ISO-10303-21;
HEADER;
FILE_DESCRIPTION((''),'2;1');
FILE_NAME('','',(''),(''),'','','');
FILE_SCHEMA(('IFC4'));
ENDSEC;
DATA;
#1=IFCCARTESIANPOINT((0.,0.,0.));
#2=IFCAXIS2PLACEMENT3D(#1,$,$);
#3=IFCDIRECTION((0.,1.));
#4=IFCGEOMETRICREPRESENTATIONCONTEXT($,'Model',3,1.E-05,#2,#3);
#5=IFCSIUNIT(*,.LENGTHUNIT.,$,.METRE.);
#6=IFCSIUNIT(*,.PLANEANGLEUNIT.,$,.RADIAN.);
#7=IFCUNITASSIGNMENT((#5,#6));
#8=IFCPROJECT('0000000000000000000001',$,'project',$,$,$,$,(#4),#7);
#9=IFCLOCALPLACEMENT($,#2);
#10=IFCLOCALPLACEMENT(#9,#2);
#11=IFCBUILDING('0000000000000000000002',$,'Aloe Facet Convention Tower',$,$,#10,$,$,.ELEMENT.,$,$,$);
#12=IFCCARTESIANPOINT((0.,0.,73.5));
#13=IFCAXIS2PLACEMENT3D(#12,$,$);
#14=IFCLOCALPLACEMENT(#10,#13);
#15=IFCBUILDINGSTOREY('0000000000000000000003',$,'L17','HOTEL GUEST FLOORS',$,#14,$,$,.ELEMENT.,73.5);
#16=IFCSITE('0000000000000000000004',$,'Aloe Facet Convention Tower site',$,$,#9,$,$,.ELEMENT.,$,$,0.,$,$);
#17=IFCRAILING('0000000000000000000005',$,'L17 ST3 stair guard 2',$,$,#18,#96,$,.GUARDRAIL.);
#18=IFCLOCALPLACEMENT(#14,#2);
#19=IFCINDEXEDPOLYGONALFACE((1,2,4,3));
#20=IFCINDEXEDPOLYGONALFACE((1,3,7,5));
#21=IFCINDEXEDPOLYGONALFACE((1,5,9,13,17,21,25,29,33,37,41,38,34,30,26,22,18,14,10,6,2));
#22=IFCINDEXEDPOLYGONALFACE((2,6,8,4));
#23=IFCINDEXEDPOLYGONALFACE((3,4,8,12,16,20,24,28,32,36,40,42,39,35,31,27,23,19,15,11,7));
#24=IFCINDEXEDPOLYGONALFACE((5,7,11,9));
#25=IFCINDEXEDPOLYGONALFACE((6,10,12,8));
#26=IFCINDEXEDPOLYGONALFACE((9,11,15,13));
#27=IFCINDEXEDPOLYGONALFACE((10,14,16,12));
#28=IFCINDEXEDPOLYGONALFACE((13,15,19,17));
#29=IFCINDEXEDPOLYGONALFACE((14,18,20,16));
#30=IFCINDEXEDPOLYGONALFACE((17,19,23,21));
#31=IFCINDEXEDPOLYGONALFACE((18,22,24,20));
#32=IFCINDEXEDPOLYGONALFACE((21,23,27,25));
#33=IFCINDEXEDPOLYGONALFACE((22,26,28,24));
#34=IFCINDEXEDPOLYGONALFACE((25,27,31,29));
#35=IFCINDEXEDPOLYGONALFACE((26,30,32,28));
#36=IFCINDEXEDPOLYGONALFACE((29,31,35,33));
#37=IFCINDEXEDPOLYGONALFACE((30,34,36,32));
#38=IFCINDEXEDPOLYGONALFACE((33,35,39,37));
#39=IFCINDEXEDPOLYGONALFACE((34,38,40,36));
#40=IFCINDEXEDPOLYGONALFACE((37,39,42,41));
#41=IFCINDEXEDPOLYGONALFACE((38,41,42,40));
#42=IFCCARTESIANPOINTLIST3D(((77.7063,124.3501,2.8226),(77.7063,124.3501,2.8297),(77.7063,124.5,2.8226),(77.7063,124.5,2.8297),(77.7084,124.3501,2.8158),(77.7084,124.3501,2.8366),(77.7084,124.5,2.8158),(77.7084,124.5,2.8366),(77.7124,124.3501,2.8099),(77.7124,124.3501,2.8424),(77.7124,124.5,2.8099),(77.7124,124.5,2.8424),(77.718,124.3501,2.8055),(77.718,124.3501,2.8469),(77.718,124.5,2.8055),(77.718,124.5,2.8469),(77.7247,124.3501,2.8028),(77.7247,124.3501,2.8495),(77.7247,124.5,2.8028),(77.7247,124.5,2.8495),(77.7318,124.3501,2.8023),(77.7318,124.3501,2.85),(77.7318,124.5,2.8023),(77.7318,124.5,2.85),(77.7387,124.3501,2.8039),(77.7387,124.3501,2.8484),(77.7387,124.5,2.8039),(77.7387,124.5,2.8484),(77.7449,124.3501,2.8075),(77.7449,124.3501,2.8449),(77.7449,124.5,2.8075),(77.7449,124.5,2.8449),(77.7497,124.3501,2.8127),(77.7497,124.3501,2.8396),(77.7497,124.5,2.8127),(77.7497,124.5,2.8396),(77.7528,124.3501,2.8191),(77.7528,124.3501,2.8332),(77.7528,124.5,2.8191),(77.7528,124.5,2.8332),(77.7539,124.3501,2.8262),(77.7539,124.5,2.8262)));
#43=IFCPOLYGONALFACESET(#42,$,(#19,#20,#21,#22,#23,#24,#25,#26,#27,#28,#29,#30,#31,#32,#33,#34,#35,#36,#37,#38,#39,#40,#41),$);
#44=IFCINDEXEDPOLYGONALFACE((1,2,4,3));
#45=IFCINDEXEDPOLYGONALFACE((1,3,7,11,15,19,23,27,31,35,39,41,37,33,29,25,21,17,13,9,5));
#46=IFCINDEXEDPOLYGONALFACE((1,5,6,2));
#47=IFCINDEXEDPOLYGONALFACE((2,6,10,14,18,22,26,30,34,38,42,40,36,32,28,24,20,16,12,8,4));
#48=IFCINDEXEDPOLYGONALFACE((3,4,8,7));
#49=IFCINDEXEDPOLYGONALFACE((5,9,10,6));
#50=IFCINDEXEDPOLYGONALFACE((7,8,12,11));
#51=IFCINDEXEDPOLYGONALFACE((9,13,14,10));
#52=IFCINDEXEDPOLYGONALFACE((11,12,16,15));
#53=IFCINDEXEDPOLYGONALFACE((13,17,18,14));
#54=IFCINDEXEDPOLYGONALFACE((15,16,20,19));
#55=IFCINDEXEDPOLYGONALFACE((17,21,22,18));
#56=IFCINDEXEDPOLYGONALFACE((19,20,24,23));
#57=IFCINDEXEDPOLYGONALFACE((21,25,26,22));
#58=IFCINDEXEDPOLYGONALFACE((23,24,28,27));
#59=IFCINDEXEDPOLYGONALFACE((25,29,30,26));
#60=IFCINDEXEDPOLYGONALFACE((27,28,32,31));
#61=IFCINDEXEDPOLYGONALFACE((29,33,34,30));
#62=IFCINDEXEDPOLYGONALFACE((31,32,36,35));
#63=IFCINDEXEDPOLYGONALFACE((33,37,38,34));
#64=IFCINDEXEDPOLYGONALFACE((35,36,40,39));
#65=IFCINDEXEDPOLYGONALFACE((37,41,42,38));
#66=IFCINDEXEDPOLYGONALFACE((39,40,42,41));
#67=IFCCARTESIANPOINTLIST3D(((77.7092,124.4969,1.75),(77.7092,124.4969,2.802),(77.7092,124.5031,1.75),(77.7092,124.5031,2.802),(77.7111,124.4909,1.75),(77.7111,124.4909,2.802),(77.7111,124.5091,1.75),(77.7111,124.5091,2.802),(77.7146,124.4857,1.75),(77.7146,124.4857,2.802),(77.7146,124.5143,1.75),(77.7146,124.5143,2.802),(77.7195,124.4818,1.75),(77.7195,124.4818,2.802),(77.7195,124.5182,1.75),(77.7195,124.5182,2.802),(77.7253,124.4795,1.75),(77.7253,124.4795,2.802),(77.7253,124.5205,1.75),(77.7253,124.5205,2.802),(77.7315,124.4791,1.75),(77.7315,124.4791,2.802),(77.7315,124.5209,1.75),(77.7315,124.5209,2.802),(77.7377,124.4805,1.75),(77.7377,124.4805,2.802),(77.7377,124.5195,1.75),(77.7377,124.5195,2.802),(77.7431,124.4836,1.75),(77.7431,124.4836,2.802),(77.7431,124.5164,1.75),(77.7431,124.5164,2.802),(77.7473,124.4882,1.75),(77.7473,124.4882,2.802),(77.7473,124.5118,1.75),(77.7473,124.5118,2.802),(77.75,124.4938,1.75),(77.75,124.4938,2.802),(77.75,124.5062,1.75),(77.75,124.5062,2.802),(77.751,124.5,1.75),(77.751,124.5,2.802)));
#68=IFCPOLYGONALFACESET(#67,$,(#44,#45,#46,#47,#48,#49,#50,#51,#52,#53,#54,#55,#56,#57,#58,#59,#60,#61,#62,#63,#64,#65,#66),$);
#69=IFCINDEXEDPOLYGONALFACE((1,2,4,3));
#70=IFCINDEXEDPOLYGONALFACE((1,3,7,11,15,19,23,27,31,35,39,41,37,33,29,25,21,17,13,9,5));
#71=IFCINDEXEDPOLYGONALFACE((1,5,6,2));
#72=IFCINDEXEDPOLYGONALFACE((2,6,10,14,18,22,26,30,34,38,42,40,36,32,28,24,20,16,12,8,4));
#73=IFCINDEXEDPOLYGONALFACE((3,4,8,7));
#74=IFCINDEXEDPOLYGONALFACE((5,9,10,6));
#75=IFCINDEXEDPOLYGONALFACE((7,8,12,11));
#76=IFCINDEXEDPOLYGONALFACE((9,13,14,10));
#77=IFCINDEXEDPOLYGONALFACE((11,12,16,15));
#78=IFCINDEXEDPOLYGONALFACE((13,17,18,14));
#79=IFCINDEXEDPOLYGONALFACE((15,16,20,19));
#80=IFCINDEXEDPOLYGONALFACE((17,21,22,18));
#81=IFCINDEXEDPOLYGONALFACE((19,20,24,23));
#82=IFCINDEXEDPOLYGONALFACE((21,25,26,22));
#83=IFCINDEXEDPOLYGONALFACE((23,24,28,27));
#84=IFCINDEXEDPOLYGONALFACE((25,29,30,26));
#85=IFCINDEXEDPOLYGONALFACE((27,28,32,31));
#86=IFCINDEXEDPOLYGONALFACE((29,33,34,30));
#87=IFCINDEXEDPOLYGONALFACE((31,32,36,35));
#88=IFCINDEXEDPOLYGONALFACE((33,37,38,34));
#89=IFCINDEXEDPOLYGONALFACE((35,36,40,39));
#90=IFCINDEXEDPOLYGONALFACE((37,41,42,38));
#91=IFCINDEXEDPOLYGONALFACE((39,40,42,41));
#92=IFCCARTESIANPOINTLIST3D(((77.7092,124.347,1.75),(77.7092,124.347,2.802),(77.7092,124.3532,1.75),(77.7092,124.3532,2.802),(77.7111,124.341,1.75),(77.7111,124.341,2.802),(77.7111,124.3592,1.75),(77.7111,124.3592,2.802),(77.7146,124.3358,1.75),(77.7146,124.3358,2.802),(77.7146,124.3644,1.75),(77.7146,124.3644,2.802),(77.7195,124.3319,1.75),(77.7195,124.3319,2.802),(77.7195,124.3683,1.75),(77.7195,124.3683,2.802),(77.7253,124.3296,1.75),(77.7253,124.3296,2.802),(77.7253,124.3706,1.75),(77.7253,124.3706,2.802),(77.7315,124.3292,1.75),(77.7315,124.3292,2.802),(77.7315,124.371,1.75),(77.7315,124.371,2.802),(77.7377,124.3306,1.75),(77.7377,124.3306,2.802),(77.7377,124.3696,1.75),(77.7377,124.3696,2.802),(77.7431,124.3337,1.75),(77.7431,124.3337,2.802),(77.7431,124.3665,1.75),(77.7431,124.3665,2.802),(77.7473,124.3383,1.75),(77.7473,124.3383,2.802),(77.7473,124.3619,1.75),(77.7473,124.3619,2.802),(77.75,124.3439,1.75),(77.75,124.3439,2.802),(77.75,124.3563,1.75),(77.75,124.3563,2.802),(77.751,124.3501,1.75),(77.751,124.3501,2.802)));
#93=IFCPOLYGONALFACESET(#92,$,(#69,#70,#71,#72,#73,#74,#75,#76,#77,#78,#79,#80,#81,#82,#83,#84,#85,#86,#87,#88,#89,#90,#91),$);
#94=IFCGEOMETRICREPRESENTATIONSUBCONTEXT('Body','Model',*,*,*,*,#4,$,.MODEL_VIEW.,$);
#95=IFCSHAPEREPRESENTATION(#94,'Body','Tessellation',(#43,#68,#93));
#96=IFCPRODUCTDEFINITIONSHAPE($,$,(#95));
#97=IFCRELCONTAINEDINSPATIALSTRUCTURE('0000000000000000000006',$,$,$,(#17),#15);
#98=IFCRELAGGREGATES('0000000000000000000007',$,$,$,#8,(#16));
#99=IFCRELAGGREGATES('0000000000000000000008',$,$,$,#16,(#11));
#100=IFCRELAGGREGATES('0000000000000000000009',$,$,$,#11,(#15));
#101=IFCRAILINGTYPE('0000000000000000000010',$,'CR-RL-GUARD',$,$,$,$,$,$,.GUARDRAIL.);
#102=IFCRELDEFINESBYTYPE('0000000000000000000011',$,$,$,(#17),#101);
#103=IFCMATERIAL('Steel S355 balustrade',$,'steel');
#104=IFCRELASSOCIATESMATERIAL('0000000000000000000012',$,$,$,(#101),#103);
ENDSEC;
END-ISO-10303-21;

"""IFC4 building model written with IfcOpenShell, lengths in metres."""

from ifc_helpers import new_model, si_unit, direction, frame, origin, origin_2d, place, context, subcontext, project, spatial, circle, extrude, material, type_object, element, save


model = new_model("IFC4")

# Units and contexts
model_context = context("Model", 3, precision=1e-05, world=origin(), true_north=direction((0.0, 1.0)))
body_context = subcontext(model_context, "Body", "Model", "MODEL_VIEW")
ifc_project = project(units=[si_unit("LENGTHUNIT", "METRE"), si_unit("PLANEANGLEUNIT", "RADIAN")], contexts=[model_context])

# Site, building, storey
site_placement = place(None, origin())
site = spatial("IfcSite", under=ifc_project, at=site_placement, Name="Aloe Facet Convention Tower site", CompositionType="ELEMENT", RefElevation=0.0)
building_placement = place(site_placement, origin())
building = spatial("IfcBuilding", under=site, at=building_placement, Name="Aloe Facet Convention Tower", CompositionType="ELEMENT")
storey_placement = place(building_placement, frame((0.0, 0.0, 73.5)))
storey = spatial("IfcBuildingStorey", under=building, at=storey_placement, Name="L17", Description="HOTEL GUEST FLOORS", CompositionType="ELEMENT", Elevation=73.5)

# Railing
ifc_material_1 = material(Name="Steel S355 balustrade", Category="steel")
railing_type_1 = type_object("IfcRailingType", Name="CR-RL-GUARD", PredefinedType="GUARDRAIL", material=ifc_material_1)
railing_1_placement = place(storey_placement, frame((77.73, 124.5, 1.75)))
element("IfcRailing", 1, at=railing_1_placement, inside=storey, type_object=railing_type_1, Name="L17 ST3 stair guard 2", PredefinedType="GUARDRAIL", context=body_context, shape_type="SweptSolid", body=[
    extrude(circle(Radius=0.0239, at=origin_2d()), frame((0.0, 0.0, 1.0762), z_axis=(0.0, -1.0, 0.0), x_axis=(1.0, 0.0, 0.0)), (0.0, 0.0, 1.0), 0.1499),
    extrude(circle(Radius=0.021, at=origin_2d()), origin(), (0.0, 0.0, 1.0), 1.052),
    extrude(circle(Radius=0.021, at=origin_2d()), frame((0.0, -0.1499, 0.0)), (0.0, 0.0, 1.0), 1.052),
])

save(model, "model.ifc")
